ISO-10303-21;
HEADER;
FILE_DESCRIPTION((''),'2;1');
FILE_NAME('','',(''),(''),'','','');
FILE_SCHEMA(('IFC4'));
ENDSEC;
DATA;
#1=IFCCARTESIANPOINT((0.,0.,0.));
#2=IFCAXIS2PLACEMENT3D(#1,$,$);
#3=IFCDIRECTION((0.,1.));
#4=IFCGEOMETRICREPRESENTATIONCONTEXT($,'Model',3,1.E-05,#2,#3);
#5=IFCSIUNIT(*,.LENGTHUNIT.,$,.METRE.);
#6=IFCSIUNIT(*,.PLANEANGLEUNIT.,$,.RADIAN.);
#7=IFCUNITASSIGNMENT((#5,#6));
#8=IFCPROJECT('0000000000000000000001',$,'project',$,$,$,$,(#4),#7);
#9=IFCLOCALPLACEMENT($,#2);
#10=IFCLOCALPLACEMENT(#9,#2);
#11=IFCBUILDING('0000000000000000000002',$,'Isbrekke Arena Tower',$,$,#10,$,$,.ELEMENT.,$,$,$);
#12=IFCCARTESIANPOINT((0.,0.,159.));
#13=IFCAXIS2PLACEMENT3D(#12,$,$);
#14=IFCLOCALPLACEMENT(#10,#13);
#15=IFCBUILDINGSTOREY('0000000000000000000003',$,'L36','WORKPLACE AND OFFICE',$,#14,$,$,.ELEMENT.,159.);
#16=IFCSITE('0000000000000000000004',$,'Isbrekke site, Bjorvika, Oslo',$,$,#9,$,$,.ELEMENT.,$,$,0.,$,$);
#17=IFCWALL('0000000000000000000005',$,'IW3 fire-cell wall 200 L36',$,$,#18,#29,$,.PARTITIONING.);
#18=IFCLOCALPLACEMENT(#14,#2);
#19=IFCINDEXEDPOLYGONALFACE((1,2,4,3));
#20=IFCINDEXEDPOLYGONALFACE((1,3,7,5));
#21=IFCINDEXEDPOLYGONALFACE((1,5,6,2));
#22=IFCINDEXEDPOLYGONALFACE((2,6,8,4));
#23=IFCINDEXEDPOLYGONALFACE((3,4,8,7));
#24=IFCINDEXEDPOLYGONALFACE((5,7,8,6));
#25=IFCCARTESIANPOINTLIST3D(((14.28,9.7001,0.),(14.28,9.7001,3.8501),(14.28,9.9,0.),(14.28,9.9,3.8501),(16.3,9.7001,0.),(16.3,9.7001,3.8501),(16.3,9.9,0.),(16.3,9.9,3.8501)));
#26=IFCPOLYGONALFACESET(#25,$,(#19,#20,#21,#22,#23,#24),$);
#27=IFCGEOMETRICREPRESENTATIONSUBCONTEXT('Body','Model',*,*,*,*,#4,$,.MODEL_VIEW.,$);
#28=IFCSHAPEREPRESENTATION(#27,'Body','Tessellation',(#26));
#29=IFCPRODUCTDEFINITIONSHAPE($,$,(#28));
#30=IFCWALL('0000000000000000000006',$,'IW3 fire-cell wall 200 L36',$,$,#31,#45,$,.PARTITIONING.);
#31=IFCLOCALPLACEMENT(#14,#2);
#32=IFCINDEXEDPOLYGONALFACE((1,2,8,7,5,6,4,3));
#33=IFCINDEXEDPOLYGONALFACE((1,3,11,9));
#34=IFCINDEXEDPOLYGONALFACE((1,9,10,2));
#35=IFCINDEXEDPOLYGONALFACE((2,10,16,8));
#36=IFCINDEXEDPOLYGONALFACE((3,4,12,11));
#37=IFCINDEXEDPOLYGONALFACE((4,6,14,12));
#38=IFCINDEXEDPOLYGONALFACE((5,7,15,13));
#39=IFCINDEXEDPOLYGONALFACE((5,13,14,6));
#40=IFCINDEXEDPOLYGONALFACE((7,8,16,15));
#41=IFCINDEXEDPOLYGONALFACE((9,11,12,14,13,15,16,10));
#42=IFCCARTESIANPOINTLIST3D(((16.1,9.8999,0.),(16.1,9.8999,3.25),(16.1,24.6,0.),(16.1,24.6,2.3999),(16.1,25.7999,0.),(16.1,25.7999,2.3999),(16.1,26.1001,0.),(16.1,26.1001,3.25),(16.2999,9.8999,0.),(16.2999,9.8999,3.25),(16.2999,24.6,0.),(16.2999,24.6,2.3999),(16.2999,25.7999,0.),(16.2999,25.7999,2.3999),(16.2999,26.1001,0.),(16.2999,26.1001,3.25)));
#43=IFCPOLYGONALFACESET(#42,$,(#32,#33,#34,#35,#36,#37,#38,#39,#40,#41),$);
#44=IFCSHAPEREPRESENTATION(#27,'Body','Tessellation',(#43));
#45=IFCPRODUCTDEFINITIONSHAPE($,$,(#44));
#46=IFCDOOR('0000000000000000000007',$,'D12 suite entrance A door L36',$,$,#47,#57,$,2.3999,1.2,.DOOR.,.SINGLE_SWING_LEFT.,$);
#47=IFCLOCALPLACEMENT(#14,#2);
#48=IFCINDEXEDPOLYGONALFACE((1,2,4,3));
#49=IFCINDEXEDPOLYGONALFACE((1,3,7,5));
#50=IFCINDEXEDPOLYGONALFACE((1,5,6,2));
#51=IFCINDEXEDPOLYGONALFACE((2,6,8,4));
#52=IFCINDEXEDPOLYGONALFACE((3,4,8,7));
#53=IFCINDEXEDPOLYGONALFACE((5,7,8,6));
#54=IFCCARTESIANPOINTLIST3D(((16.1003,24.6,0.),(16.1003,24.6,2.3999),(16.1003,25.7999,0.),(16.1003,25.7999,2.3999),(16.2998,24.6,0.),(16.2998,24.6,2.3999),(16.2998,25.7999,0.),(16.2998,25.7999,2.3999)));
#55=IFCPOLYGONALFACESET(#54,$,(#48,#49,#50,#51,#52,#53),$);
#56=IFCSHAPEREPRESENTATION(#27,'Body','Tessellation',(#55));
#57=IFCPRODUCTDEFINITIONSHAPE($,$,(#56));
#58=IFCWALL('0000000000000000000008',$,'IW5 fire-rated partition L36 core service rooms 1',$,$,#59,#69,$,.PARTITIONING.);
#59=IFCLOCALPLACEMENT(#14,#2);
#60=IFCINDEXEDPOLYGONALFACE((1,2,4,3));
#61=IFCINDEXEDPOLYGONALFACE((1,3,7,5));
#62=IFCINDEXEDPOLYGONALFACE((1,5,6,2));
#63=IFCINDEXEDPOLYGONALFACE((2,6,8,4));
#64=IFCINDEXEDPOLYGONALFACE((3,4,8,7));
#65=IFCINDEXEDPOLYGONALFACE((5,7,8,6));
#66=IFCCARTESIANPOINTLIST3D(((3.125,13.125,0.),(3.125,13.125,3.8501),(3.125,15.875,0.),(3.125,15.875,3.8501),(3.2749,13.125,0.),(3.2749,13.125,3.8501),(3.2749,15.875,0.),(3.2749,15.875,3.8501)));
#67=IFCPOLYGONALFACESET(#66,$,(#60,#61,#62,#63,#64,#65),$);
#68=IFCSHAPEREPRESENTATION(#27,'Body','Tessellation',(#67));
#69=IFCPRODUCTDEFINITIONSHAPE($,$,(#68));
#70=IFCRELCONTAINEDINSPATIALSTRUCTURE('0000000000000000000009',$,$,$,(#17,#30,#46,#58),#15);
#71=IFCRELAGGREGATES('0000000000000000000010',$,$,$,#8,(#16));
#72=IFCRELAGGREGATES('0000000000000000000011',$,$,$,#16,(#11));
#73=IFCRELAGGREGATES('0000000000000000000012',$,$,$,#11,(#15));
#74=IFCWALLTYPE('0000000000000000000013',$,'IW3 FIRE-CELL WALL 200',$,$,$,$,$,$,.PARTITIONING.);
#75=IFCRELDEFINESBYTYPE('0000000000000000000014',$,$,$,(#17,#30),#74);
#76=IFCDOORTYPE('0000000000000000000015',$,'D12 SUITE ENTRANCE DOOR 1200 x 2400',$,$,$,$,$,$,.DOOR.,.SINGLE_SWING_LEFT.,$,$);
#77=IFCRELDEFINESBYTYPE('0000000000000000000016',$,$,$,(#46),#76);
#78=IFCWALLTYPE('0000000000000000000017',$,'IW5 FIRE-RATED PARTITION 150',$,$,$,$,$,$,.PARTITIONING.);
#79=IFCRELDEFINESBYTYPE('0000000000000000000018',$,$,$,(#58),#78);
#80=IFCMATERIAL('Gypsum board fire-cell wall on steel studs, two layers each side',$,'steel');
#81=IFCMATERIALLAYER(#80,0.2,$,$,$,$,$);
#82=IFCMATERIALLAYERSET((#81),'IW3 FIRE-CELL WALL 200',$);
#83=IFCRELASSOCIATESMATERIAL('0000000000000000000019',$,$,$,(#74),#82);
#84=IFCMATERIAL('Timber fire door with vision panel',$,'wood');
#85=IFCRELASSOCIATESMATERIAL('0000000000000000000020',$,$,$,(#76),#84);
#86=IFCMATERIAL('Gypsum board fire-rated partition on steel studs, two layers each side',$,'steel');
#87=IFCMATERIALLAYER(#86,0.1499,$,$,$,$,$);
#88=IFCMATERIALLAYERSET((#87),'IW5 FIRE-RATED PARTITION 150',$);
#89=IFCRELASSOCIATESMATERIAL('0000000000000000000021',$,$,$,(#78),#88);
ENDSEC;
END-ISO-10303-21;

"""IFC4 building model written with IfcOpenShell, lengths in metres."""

from ifc_helpers import new_model, si_unit, direction, frame, frame_2d, origin, place, context, subcontext, project, spatial, rectangle, extrude, material, layer, layer_set, type_object, element, fill, save


model = new_model("IFC4")

# Units and contexts
model_context = context("Model", 3, precision=1e-05, world=origin(), true_north=direction((0.0, 1.0)))
body_context = subcontext(model_context, "Body", "Model", "MODEL_VIEW")
ifc_project = project(units=[si_unit("LENGTHUNIT", "METRE"), si_unit("PLANEANGLEUNIT", "RADIAN")], contexts=[model_context])

# Site, building, storey
site_placement = place(None, origin())
site = spatial("IfcSite", under=ifc_project, at=site_placement, Name="Isbrekke site, Bjorvika, Oslo", CompositionType="ELEMENT", RefElevation=0.0)
building_placement = place(site_placement, origin())
building = spatial("IfcBuilding", under=site, at=building_placement, Name="Isbrekke Arena Tower", CompositionType="ELEMENT")
storey_placement = place(building_placement, frame((0.0, 0.0, 159.0)))
storey = spatial("IfcBuildingStorey", under=building, at=storey_placement, Name="L36", Description="WORKPLACE AND OFFICE", CompositionType="ELEMENT", Elevation=159.0)

# Wall
ifc_material_1 = material(Name="Gypsum board fire-cell wall on steel studs, two layers each side", Category="steel")
ifc_layer_1 = layer(ifc_material_1, 0.2)
ifc_layer_set_1 = layer_set([ifc_layer_1], Name="IW3 FIRE-CELL WALL 200")
wall_type_1 = type_object("IfcWallType", Name="IW3 FIRE-CELL WALL 200", PredefinedType="PARTITIONING", material=ifc_layer_set_1)
wall_1_placement = place(storey_placement, frame((14.28, 9.8, 0.0), z_axis=(0.0, 0.0, 1.0), x_axis=(1.0, 0.0, 0.0)))
element("IfcWall", 1, at=wall_1_placement, inside=storey, type_object=wall_type_1, Name="IW3 fire-cell wall 200 L36", PredefinedType="PARTITIONING", context=body_context, shape_type="SweptSolid", body=[
    extrude(rectangle(XDim=2.02, YDim=0.2, at=frame_2d((1.01, 0.0))), origin(), (0.0, 0.0, 1.0), 3.8501),
])

# Wall, opening, door
wall_2_placement = place(storey_placement, frame((16.2, 9.8999, 0.0), z_axis=(0.0, 0.0, 1.0), x_axis=(0.0, 1.0, 0.0)))
wall_2 = element("IfcWall", 2, at=wall_2_placement, inside=storey, type_object=wall_type_1, Name="IW3 fire-cell wall 200 L36", PredefinedType="PARTITIONING", context=body_context, shape_type="SweptSolid", body=[
    extrude(rectangle(XDim=16.2002, YDim=0.2, at=frame_2d((8.1001, 0.0))), origin(), (0.0, 0.0, 1.0), 3.25),
])
opening_1_placement = place(wall_2_placement, frame((14.7, 0.0, 0.0)))
opening_1 = element("IfcOpeningElement", 3, at=opening_1_placement, cuts=wall_2, PredefinedType="OPENING", context=body_context, shape_type="SweptSolid", body=[
    extrude(rectangle(XDim=1.2, YDim=2.3999, at=frame_2d((0.6001, 1.2))), frame((0.0, 0.1147, 0.0), z_axis=(0.0, -1.0, 0.0), x_axis=(1.0, 0.0, 0.0)), (0.0, 0.0, 1.0), 0.2297),
])
ifc_material_2 = material(Name="Timber fire door with vision panel", Category="wood")
door_type_1 = type_object("IfcDoorType", Name="D12 SUITE ENTRANCE DOOR 1200 x 2400", OperationType="SINGLE_SWING_LEFT", PredefinedType="DOOR", material=ifc_material_2)
door_1_placement = place(opening_1_placement, origin())
door_1 = element("IfcDoor", 4, at=door_1_placement, inside=storey, type_object=door_type_1, Name="D12 suite entrance A door L36", OperationType="SINGLE_SWING_LEFT", OverallHeight=2.3999, OverallWidth=1.2, PredefinedType="DOOR", context=body_context, shape_type="SweptSolid", body=[
    extrude(rectangle(XDim=1.2, YDim=2.3999, at=frame_2d((0.6001, 1.2))), frame((0.0, 0.0996, 0.0), z_axis=(0.0, -1.0, 0.0), x_axis=(1.0, 0.0, 0.0)), (0.0, 0.0, 1.0), 0.1995),
])
fill(opening_1, door_1)

# Wall
ifc_material_3 = material(Name="Gypsum board fire-rated partition on steel studs, two layers each side", Category="steel")
ifc_layer_2 = layer(ifc_material_3, 0.1499)
ifc_layer_set_2 = layer_set([ifc_layer_2], Name="IW5 FIRE-RATED PARTITION 150")
wall_type_2 = type_object("IfcWallType", Name="IW5 FIRE-RATED PARTITION 150", PredefinedType="PARTITIONING", material=ifc_layer_set_2)
wall_3_placement = place(storey_placement, frame((3.2, 13.125, 0.0), z_axis=(0.0, 0.0, 1.0), x_axis=(0.0, 1.0, 0.0)))
element("IfcWall", 5, at=wall_3_placement, inside=storey, type_object=wall_type_2, Name="IW5 fire-rated partition L36 core service rooms 1", PredefinedType="PARTITIONING", context=body_context, shape_type="SweptSolid", body=[
    extrude(rectangle(XDim=2.75, YDim=0.1499, at=frame_2d((1.375, 0.0))), origin(), (0.0, 0.0, 1.0), 3.8501),
])

save(model, "model.ifc")
